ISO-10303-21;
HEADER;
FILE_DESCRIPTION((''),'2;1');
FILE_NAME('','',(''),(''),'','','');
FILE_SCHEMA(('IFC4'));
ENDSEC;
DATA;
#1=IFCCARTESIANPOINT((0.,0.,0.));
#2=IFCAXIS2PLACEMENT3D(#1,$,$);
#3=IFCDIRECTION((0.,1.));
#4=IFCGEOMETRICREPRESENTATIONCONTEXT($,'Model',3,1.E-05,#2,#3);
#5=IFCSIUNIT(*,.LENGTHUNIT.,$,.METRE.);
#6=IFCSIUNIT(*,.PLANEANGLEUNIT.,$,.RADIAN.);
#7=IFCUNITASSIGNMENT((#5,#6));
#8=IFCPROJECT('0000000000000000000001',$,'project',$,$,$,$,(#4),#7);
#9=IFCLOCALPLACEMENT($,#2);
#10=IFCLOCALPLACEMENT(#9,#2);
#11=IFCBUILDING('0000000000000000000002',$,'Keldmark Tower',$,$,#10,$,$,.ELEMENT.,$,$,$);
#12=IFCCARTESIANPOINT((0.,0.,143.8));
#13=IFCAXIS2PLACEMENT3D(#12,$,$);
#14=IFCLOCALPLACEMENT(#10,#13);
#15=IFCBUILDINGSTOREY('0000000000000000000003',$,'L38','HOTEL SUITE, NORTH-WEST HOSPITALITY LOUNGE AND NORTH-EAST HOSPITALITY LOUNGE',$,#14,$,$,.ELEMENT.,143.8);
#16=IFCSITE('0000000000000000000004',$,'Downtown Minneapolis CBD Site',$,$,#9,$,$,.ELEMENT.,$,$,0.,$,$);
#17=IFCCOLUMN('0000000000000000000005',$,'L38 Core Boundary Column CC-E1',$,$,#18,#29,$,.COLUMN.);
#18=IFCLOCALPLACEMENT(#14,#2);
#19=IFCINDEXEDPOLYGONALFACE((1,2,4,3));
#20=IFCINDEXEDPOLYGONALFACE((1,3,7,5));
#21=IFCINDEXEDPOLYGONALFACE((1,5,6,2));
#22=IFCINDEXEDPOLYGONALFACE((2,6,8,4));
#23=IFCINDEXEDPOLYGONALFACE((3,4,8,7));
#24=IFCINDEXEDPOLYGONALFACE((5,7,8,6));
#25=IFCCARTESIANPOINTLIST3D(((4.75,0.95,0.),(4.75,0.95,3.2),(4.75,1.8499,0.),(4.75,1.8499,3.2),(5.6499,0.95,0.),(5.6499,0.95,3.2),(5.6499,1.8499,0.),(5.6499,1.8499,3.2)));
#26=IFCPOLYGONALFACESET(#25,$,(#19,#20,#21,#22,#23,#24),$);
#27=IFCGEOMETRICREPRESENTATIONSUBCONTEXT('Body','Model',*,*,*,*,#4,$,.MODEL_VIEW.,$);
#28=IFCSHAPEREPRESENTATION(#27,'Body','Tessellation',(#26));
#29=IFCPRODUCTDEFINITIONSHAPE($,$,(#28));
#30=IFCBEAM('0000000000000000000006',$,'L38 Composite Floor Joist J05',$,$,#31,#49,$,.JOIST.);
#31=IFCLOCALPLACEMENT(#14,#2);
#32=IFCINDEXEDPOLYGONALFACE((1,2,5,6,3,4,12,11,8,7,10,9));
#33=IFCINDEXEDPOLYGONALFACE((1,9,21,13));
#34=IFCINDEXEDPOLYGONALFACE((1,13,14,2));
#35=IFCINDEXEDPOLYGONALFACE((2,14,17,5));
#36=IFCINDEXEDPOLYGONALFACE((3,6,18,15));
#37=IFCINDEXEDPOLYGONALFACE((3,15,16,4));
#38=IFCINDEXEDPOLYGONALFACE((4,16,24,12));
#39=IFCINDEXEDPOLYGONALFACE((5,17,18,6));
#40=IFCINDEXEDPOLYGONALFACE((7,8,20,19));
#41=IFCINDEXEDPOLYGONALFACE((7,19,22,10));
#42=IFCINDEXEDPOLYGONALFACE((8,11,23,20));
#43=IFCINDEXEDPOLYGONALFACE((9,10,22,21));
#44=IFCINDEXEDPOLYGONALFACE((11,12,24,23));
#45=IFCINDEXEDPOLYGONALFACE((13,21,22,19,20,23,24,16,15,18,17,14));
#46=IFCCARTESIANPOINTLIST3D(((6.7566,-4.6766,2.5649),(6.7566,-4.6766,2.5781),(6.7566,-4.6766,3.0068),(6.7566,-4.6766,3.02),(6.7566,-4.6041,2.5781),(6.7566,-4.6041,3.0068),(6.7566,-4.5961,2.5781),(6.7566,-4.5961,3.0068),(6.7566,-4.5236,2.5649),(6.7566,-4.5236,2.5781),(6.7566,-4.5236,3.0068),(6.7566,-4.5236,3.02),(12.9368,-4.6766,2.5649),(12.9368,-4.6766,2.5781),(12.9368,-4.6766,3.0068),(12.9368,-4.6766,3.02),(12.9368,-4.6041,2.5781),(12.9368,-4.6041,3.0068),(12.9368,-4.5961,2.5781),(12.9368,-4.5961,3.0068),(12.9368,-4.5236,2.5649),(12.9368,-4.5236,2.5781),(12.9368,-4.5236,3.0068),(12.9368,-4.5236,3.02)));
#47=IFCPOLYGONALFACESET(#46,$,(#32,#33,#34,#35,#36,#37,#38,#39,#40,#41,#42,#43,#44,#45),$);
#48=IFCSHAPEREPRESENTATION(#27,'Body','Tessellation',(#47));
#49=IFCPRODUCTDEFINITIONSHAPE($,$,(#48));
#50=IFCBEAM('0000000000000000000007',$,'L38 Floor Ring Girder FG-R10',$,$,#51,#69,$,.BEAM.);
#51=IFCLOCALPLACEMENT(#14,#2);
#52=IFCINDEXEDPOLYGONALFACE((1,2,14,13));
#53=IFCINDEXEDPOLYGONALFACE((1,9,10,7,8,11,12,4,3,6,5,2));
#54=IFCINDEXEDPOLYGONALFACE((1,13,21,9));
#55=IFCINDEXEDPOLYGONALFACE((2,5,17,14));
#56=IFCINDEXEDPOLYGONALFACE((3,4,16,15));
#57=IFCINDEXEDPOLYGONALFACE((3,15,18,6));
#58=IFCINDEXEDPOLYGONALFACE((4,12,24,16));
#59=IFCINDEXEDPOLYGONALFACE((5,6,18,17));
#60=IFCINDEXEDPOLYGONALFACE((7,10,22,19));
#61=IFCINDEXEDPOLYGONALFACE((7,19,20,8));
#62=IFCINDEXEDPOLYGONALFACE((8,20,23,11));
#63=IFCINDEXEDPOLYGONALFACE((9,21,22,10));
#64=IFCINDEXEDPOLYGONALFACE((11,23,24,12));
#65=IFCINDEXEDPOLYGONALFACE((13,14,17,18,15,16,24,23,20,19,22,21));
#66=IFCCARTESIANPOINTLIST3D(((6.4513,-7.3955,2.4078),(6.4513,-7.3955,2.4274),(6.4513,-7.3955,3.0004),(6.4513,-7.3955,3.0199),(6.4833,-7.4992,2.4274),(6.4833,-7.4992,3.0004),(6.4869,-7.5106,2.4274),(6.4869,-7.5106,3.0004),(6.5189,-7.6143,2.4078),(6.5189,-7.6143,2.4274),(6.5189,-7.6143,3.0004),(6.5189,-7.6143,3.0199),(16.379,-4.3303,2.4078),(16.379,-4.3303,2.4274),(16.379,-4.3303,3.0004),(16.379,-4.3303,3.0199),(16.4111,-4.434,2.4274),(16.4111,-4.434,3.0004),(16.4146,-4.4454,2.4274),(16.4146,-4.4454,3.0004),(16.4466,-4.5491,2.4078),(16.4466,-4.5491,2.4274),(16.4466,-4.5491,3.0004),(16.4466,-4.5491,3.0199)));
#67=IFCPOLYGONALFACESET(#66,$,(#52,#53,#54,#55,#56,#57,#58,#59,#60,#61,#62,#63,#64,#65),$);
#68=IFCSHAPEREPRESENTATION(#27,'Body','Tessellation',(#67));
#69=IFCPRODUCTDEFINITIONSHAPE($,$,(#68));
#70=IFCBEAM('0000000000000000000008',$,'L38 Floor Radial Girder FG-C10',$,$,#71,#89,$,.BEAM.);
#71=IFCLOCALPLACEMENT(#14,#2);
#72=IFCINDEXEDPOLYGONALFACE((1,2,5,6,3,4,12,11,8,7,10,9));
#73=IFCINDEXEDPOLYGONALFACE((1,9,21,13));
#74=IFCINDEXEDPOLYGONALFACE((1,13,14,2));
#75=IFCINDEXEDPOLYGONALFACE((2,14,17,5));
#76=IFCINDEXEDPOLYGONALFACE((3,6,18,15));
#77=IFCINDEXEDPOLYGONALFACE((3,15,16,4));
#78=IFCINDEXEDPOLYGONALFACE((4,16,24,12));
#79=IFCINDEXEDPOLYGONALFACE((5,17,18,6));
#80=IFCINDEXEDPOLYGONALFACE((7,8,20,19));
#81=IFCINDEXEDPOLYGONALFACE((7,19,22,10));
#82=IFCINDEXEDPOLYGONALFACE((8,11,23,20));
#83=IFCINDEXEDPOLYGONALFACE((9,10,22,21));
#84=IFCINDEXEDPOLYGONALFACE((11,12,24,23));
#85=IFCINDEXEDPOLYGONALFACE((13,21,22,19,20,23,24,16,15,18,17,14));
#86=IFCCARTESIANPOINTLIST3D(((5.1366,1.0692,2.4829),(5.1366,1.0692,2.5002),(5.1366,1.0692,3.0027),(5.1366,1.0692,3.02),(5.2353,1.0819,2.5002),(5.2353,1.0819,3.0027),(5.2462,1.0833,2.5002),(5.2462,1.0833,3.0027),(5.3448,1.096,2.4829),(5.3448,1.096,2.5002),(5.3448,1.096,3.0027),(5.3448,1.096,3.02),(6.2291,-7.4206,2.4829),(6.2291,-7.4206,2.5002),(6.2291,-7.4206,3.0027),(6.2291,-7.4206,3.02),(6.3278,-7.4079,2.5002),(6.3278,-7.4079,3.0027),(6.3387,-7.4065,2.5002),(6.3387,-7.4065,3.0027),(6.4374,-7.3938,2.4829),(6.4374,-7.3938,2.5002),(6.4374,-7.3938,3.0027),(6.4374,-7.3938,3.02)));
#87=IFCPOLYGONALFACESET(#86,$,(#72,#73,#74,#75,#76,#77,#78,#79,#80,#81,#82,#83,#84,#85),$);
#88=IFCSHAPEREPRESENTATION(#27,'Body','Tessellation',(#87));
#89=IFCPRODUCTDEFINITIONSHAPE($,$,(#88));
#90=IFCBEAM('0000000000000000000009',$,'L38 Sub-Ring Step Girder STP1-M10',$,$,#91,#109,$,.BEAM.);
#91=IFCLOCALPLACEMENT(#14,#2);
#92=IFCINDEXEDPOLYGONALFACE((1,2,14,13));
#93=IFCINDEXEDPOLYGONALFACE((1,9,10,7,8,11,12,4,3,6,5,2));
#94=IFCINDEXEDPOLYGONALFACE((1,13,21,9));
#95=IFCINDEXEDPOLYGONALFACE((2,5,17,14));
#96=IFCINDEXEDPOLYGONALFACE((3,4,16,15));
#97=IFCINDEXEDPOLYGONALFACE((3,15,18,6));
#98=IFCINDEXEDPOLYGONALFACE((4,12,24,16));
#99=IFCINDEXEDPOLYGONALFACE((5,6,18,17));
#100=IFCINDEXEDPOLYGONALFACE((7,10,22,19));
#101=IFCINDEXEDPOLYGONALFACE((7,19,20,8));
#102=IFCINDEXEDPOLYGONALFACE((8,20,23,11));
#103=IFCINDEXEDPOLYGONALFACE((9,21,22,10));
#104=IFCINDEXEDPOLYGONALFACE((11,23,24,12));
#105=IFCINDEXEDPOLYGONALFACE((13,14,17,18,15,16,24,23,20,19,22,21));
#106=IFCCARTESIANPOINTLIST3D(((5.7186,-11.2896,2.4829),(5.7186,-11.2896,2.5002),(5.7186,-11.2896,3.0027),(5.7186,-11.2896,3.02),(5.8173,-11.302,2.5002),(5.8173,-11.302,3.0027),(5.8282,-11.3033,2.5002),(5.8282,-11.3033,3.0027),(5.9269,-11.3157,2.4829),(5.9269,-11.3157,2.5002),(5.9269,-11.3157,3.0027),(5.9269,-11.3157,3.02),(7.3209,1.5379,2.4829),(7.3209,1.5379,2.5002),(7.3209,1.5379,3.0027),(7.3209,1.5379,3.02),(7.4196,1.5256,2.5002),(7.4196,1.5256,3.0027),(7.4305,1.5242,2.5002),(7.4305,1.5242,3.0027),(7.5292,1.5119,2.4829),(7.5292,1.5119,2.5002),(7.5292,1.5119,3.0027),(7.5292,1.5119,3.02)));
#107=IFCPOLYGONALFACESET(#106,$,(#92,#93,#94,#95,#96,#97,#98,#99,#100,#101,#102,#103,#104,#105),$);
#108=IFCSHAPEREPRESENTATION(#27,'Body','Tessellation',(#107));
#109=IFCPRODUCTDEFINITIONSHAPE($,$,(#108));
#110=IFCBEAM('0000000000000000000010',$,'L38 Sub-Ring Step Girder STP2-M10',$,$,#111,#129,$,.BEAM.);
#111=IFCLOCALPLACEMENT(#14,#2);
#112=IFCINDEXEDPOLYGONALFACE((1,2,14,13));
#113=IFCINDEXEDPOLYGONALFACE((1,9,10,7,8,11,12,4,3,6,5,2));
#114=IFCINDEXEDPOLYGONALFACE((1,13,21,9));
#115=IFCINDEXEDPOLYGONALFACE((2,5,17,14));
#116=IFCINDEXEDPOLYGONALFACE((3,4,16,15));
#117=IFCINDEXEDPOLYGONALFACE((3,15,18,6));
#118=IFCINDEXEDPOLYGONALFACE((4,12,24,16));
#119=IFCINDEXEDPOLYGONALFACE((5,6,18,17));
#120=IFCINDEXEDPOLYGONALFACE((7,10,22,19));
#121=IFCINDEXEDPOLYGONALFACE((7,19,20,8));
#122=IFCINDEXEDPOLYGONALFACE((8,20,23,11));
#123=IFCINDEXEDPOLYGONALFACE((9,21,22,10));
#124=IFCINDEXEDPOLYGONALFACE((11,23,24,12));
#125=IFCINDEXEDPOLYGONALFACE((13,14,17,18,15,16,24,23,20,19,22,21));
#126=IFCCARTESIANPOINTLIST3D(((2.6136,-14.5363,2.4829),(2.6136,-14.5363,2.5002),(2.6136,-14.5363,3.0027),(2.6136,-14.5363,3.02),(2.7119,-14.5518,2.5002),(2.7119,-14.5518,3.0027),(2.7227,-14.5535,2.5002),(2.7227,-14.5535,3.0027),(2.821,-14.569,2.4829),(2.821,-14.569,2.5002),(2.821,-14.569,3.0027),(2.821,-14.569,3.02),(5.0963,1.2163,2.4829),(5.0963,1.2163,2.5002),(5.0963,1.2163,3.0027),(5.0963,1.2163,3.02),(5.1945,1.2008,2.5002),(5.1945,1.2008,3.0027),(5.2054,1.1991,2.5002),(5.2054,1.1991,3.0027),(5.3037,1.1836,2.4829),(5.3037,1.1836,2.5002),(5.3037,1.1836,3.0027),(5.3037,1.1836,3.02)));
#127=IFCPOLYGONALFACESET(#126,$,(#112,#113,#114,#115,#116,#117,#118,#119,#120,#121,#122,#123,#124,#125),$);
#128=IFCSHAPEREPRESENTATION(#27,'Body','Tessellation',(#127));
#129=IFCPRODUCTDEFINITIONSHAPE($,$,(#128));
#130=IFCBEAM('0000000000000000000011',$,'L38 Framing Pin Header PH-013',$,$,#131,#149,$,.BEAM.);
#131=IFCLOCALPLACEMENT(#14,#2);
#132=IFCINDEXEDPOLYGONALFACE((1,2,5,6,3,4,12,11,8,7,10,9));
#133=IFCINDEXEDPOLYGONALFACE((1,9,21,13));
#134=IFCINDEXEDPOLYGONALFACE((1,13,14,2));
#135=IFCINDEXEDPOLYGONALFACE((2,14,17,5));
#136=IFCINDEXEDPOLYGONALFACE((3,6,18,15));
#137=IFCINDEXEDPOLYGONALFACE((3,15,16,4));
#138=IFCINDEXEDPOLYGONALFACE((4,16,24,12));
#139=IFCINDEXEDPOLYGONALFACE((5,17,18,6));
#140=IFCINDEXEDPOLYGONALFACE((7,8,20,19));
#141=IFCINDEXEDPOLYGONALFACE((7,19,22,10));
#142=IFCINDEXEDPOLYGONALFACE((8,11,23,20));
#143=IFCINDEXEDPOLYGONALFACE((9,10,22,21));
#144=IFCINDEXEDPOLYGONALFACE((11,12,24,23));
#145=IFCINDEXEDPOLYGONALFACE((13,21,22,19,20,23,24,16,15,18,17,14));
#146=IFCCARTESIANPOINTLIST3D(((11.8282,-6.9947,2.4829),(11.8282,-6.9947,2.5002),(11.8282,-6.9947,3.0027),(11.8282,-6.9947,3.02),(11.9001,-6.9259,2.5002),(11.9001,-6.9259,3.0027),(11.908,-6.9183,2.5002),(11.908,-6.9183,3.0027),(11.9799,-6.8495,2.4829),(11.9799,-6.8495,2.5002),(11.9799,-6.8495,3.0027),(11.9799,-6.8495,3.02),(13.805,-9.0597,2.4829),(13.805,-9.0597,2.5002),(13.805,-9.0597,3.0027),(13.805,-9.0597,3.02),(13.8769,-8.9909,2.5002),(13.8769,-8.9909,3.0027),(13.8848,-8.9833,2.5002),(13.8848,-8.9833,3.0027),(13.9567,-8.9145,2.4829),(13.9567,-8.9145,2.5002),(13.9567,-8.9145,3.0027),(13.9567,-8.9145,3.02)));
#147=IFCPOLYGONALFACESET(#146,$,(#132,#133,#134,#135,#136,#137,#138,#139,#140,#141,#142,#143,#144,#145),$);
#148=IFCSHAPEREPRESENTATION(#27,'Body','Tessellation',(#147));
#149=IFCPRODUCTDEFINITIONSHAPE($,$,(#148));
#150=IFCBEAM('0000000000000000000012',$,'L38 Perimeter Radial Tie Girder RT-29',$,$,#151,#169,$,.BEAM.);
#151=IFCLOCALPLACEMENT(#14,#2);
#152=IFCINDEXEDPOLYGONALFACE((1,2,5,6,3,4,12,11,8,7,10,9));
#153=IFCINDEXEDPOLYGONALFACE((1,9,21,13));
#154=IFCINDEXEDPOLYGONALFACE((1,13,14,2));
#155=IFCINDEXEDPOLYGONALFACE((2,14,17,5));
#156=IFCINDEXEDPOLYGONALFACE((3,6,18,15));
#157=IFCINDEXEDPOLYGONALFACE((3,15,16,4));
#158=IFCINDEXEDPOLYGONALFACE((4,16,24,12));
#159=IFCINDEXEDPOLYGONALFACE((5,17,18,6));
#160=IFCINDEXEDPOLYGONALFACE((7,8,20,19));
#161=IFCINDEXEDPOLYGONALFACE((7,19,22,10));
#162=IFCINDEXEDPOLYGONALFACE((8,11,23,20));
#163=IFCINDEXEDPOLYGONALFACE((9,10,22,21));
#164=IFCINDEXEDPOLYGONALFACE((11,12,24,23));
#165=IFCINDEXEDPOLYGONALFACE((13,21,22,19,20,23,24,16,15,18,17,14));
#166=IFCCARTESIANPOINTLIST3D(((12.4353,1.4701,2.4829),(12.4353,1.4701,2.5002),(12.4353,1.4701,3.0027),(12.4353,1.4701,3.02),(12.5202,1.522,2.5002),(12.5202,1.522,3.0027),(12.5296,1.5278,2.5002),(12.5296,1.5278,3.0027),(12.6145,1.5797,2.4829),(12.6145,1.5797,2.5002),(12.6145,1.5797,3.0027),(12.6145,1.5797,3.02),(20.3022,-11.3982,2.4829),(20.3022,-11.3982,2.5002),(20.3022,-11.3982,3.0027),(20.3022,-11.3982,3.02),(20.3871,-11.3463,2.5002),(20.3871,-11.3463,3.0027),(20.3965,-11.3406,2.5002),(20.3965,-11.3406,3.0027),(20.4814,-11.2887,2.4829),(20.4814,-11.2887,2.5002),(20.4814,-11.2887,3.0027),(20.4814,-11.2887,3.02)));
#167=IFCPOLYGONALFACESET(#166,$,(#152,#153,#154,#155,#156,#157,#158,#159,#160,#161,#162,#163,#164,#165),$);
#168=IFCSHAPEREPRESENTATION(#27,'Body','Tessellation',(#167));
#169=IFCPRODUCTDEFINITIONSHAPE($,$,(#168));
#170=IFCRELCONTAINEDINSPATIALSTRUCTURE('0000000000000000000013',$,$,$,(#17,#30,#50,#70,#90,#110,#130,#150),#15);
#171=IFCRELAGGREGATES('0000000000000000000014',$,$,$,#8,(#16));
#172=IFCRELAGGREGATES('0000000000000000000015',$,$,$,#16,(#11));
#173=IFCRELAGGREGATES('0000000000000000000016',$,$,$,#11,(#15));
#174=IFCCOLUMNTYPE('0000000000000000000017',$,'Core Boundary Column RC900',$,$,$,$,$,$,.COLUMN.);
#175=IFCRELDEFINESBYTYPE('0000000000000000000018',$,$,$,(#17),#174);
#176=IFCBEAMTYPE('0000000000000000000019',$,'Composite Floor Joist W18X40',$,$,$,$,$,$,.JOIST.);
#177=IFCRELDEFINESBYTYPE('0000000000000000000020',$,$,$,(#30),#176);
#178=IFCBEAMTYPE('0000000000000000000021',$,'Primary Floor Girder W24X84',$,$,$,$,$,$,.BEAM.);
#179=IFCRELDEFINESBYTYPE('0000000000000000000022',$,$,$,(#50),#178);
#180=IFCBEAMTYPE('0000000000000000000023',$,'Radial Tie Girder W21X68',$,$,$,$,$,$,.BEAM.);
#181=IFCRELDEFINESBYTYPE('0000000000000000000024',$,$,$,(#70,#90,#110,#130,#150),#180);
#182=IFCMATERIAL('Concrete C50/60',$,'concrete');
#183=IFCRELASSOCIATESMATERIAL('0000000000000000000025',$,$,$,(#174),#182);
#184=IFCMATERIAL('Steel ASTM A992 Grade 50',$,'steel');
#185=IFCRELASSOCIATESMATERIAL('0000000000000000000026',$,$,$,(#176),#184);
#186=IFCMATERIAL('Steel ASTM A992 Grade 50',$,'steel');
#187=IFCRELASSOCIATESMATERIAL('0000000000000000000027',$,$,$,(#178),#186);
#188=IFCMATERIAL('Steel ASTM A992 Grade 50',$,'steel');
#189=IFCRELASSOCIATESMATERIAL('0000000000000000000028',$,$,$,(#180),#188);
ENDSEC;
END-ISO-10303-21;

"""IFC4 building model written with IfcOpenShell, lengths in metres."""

from ifc_helpers import new_model, si_unit, direction, frame, origin, origin_2d, place, context, subcontext, project, spatial, rectangle, i_section, extrude, material, material_profile, profile_set, type_object, element, save


model = new_model("IFC4")

# Units and contexts
model_context = context("Model", 3, precision=1e-05, world=origin(), true_north=direction((0.0, 1.0)))
body_context = subcontext(model_context, "Body", "Model", "MODEL_VIEW")
ifc_project = project(units=[si_unit("LENGTHUNIT", "METRE"), si_unit("PLANEANGLEUNIT", "RADIAN")], contexts=[model_context])

# Site, building, storey
site_placement = place(None, origin())
site = spatial("IfcSite", under=ifc_project, at=site_placement, Name="Downtown Minneapolis CBD Site", CompositionType="ELEMENT", RefElevation=0.0)
building_placement = place(site_placement, origin())
building = spatial("IfcBuilding", under=site, at=building_placement, Name="Keldmark Tower", CompositionType="ELEMENT")
storey_placement = place(building_placement, frame((0.0, 0.0, 143.8)))
storey = spatial("IfcBuildingStorey", under=building, at=storey_placement, Name="L38", Description="HOTEL SUITE, NORTH-WEST HOSPITALITY LOUNGE AND NORTH-EAST HOSPITALITY LOUNGE", CompositionType="ELEMENT", Elevation=143.8)

# Column
ifc_material_1 = material(Name="Concrete C50/60", Category="concrete")
ifc_material_profile_1 = material_profile(ifc_material_1, rectangle(XDim=0.8999, YDim=0.8999, at=origin_2d()), Name="RC900X900")
ifc_profile_set_1 = profile_set([ifc_material_profile_1], Name="Concrete C50/60")
column_type = type_object("IfcColumnType", Name="Core Boundary Column RC900", PredefinedType="COLUMN", material=ifc_profile_set_1)
column_placement = place(storey_placement, frame((5.2, 1.3999, 0.0), z_axis=(0.0, 0.0, 1.0), x_axis=(1.0, 0.0, 0.0)))
element("IfcColumn", 1, at=column_placement, inside=storey, type_object=column_type, Name="L38 Core Boundary Column CC-E1", PredefinedType="COLUMN", context=body_context, shape_type="SweptSolid", body=[
    extrude(rectangle(XDim=0.8999, YDim=0.8999, at=origin_2d()), origin(), (0.0, 0.0, 1.0), 3.2),
])

# Beams
ifc_material_2 = material(Name="Steel ASTM A992 Grade 50", Category="steel")
ifc_material_profile_2 = material_profile(ifc_material_2, i_section(OverallWidth=0.1531, OverallDepth=0.4551, WebThickness=0.0081, FlangeThickness=0.0132, at=origin_2d()), Name="W18X40")
ifc_profile_set_2 = profile_set([ifc_material_profile_2], Name="Steel ASTM A992 Grade 50")
beam_type_1 = type_object("IfcBeamType", Name="Composite Floor Joist W18X40", PredefinedType="JOIST", material=ifc_profile_set_2)
beam_1_placement = place(storey_placement, frame((6.7566, -4.6001, 2.7925), z_axis=(1.0, 0.0, 0.0), x_axis=(0.0, 1.0, 0.0)))
element("IfcBeam", 2, at=beam_1_placement, inside=storey, type_object=beam_type_1, Name="L38 Composite Floor Joist J05", PredefinedType="JOIST", context=body_context, shape_type="SweptSolid", body=[
    extrude(i_section(OverallWidth=0.1531, OverallDepth=0.4551, WebThickness=0.0081, FlangeThickness=0.0132, at=origin_2d()), origin(), (0.0, 0.0, 1.0), 6.1802),
])
ifc_material_3 = material(Name="Steel ASTM A992 Grade 50", Category="steel")
ifc_material_profile_3 = material_profile(ifc_material_3, i_section(OverallWidth=0.229, OverallDepth=0.6121, WebThickness=0.012, FlangeThickness=0.0195, at=origin_2d()), Name="W24X84")
ifc_profile_set_3 = profile_set([ifc_material_profile_3], Name="Steel ASTM A992 Grade 50")
beam_type_2 = type_object("IfcBeamType", Name="Primary Floor Girder W24X84", PredefinedType="BEAM", material=ifc_profile_set_3)
beam_2_placement = place(storey_placement, frame((6.4851, -7.5049, 2.7139), z_axis=(0.955495, 0.295009, 0.0), x_axis=(-0.295009, 0.955495, 0.0)))
element("IfcBeam", 3, at=beam_2_placement, inside=storey, type_object=beam_type_2, Name="L38 Floor Ring Girder FG-R10", PredefinedType="BEAM", context=body_context, shape_type="SweptSolid", body=[
    extrude(i_section(OverallWidth=0.229, OverallDepth=0.6121, WebThickness=0.012, FlangeThickness=0.0195, at=origin_2d()), origin(), (0.0, 0.0, 1.0), 10.3901),
])
ifc_material_4 = material(Name="Steel ASTM A992 Grade 50", Category="steel")
ifc_material_profile_4 = material_profile(ifc_material_4, i_section(OverallWidth=0.21, OverallDepth=0.5371, WebThickness=0.011, FlangeThickness=0.0173, at=origin_2d()), Name="W21X68")
ifc_profile_set_4 = profile_set([ifc_material_profile_4], Name="Steel ASTM A992 Grade 50")
beam_type_3 = type_object("IfcBeamType", Name="Radial Tie Girder W21X68", PredefinedType="BEAM", material=ifc_profile_set_4)
beam_3_placement = place(storey_placement, frame((6.3333, -7.4072, 2.7515), z_axis=(-0.127636, 0.991821, 0.0), x_axis=(-0.991821, -0.127636, 0.0)))
element("IfcBeam", 4, at=beam_3_placement, inside=storey, type_object=beam_type_3, Name="L38 Floor Radial Girder FG-C10", PredefinedType="BEAM", context=body_context, shape_type="SweptSolid", body=[
    extrude(i_section(OverallWidth=0.21, OverallDepth=0.5371, WebThickness=0.011, FlangeThickness=0.0173, at=origin_2d()), origin(), (0.0, 0.0, 1.0), 8.5598),
])
beam_4_placement = place(storey_placement, frame((7.425, 1.5249, 2.7515), z_axis=(-0.123946, -0.992289, 0.0), x_axis=(0.992289, -0.123946, 0.0)))
element("IfcBeam", 5, at=beam_4_placement, inside=storey, type_object=beam_type_3, Name="L38 Sub-Ring Step Girder STP1-M10", PredefinedType="BEAM", context=body_context, shape_type="SweptSolid", body=[
    extrude(i_section(OverallWidth=0.21, OverallDepth=0.5371, WebThickness=0.011, FlangeThickness=0.0173, at=origin_2d()), origin(), (0.0, 0.0, 1.0), 12.9272),
])
beam_5_placement = place(storey_placement, frame((5.2, 1.2, 2.7515), z_axis=(-0.155681, -0.987807, 0.0), x_axis=(0.987807, -0.155681, 0.0)))
element("IfcBeam", 6, at=beam_5_placement, inside=storey, type_object=beam_type_3, Name="L38 Sub-Ring Step Girder STP2-M10", PredefinedType="BEAM", context=body_context, shape_type="SweptSolid", body=[
    extrude(i_section(OverallWidth=0.21, OverallDepth=0.5371, WebThickness=0.011, FlangeThickness=0.0173, at=origin_2d()), origin(), (0.0, 0.0, 1.0), 15.947),
])
beam_6_placement = place(storey_placement, frame((11.9041, -6.9221, 2.7515), z_axis=(0.691523, -0.722354, 0.0), x_axis=(0.722354, 0.691523, 0.0)))
element("IfcBeam", 7, at=beam_6_placement, inside=storey, type_object=beam_type_3, Name="L38 Framing Pin Header PH-013", PredefinedType="BEAM", context=body_context, shape_type="SweptSolid", body=[
    extrude(i_section(OverallWidth=0.21, OverallDepth=0.5371, WebThickness=0.011, FlangeThickness=0.0173, at=origin_2d()), origin(), (0.0, 0.0, 1.0), 2.8586),
])
beam_7_placement = place(storey_placement, frame((12.5249, 1.5249, 2.7515), z_axis=(0.521591, -0.853196, 0.0), x_axis=(0.853196, 0.521591, 0.0)))
element("IfcBeam", 8, at=beam_7_placement, inside=storey, type_object=beam_type_3, Name="L38 Perimeter Radial Tie Girder RT-29", PredefinedType="BEAM", context=body_context, shape_type="SweptSolid", body=[
    extrude(i_section(OverallWidth=0.21, OverallDepth=0.5371, WebThickness=0.011, FlangeThickness=0.0173, at=origin_2d()), origin(), (0.0, 0.0, 1.0), 15.0825),
])

save(model, "model.ifc")
